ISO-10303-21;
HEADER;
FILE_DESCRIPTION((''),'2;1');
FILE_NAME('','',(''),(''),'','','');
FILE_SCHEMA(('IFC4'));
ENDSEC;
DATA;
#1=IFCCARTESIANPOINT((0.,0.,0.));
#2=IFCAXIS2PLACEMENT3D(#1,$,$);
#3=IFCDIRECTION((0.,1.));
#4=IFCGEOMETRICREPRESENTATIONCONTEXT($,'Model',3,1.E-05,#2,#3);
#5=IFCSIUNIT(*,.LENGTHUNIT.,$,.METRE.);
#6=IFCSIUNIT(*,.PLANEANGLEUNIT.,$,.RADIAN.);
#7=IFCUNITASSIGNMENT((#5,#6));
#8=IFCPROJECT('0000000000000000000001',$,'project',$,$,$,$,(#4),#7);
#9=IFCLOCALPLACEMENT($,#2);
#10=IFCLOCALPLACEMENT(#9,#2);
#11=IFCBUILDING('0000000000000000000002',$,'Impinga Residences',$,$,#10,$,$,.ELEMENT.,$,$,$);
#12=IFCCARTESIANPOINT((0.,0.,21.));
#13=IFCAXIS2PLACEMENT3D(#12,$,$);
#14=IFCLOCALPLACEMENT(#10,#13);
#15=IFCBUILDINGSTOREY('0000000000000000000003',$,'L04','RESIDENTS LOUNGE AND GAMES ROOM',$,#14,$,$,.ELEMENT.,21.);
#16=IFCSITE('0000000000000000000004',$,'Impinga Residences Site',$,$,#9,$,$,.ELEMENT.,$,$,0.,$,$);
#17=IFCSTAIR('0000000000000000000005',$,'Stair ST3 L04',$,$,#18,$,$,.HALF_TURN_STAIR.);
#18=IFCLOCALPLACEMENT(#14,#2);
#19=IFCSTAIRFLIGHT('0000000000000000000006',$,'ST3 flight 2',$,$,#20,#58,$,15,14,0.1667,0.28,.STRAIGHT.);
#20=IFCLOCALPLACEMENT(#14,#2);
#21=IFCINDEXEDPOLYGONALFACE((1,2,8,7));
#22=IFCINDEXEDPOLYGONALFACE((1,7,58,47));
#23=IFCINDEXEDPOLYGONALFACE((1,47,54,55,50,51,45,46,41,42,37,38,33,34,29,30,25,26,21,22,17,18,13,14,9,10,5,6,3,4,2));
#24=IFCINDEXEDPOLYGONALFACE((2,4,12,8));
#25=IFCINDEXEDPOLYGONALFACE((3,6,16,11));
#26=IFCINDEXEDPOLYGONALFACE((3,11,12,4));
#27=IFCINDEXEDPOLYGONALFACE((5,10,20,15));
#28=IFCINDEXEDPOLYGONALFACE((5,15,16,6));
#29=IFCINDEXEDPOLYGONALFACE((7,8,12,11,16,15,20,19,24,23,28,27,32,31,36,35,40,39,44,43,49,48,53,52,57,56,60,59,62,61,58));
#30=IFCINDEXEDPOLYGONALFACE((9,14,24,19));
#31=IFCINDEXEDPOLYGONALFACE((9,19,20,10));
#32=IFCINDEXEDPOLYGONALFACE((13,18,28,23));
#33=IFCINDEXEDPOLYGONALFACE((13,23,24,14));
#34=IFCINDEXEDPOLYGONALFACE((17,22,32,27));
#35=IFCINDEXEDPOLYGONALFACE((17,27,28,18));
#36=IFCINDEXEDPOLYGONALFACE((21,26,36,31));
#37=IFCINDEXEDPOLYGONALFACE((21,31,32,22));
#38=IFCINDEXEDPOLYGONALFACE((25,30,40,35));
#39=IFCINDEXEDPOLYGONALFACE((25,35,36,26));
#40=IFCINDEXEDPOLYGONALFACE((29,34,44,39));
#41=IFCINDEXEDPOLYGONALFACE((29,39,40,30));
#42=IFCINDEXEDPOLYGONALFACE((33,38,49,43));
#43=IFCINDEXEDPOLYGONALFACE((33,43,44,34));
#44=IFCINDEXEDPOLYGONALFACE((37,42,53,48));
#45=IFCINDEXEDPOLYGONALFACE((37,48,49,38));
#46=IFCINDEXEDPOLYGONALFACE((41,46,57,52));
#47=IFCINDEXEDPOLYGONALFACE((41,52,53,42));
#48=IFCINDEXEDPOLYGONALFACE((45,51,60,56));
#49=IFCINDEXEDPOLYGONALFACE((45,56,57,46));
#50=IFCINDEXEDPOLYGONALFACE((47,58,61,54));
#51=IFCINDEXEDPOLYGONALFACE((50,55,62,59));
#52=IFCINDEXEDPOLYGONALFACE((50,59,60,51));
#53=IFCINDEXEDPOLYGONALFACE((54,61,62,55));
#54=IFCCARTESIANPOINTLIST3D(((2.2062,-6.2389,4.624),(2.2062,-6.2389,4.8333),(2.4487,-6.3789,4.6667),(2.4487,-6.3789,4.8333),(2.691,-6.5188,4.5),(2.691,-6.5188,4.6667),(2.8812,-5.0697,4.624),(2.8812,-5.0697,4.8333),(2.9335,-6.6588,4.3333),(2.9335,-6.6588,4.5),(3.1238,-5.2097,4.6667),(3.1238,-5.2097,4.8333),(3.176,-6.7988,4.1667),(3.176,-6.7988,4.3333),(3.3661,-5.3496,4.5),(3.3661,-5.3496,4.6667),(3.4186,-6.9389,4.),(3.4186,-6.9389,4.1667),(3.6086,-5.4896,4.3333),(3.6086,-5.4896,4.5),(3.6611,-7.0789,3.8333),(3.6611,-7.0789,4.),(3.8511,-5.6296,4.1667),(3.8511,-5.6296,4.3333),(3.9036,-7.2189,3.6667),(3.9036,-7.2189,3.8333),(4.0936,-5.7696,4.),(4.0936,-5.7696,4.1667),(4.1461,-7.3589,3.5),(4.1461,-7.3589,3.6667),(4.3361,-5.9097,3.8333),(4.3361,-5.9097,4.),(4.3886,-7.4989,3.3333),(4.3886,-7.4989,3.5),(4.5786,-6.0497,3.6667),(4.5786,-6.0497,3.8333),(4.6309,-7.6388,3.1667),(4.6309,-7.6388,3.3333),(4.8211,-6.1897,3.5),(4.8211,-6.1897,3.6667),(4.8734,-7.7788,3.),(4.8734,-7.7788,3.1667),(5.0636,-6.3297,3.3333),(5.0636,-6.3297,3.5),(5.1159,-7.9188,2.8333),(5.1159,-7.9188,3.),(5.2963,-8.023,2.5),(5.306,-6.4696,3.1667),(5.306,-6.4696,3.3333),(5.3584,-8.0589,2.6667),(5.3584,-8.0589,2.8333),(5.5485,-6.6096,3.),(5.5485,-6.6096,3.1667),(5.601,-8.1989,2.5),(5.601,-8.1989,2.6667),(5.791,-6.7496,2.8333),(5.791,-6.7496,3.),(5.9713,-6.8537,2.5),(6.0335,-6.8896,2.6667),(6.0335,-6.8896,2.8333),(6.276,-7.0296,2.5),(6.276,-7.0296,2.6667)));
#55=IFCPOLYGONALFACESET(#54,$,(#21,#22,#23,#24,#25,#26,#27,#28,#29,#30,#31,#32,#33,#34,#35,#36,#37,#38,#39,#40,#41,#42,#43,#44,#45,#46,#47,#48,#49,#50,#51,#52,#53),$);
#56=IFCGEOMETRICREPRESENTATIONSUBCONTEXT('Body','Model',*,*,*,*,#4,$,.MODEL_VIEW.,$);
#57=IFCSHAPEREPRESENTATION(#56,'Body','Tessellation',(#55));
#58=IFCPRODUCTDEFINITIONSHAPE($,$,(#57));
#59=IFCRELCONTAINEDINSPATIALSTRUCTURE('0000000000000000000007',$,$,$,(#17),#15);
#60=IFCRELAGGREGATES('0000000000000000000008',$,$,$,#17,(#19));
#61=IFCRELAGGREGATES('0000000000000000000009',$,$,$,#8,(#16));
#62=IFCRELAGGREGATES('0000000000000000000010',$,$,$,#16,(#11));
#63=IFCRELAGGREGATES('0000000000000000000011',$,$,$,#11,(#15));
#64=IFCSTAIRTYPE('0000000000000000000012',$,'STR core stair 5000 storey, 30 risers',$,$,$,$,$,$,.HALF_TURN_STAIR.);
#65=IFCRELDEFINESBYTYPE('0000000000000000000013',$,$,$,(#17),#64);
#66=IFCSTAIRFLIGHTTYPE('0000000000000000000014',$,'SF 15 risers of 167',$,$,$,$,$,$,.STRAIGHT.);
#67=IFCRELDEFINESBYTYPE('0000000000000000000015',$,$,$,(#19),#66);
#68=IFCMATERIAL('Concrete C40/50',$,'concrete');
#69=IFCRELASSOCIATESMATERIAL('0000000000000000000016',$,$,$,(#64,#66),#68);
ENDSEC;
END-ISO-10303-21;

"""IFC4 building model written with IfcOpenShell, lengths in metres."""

from ifc_helpers import new_model, si_unit, direction, frame, origin, place, context, subcontext, project, spatial, polyline, outline, extrude, material, type_object, element, aggregate, save


model = new_model("IFC4")

# Units and contexts
model_context = context("Model", 3, precision=1e-05, world=origin(), true_north=direction((0.0, 1.0)))
body_context = subcontext(model_context, "Body", "Model", "MODEL_VIEW")
ifc_project = project(units=[si_unit("LENGTHUNIT", "METRE"), si_unit("PLANEANGLEUNIT", "RADIAN")], contexts=[model_context])

# Site, building, storey
site_placement = place(None, origin())
site = spatial("IfcSite", under=ifc_project, at=site_placement, Name="Impinga Residences Site", CompositionType="ELEMENT", RefElevation=0.0)
building_placement = place(site_placement, origin())
building = spatial("IfcBuilding", under=site, at=building_placement, Name="Impinga Residences", CompositionType="ELEMENT")
storey_placement = place(building_placement, frame((0.0, 0.0, 21.0)))
storey = spatial("IfcBuildingStorey", under=building, at=storey_placement, Name="L04", Description="RESIDENTS LOUNGE AND GAMES ROOM", CompositionType="ELEMENT", Elevation=21.0)

# Stair, stair flight
ifc_material_1 = material(Name="Concrete C40/50", Category="concrete")
stair_type = type_object("IfcStairType", Name="STR core stair 5000 storey, 30 risers", PredefinedType="HALF_TURN_STAIR", material=ifc_material_1)
stair_placement = place(storey_placement, origin())
stair = element("IfcStair", 1, at=stair_placement, inside=storey, type_object=stair_type, Name="Stair ST3 L04", PredefinedType="HALF_TURN_STAIR")
stair_flight_type = type_object("IfcStairFlightType", Name="SF 15 risers of 167", PredefinedType="STRAIGHT", material=ifc_material_1)
stair_flight_1_placement = place(storey_placement, frame((5.9385, -7.6143, 2.5), z_axis=(0.0, 0.0, 1.0), x_axis=(-0.866025, 0.5, 0.0)))
stair_flight_1 = element("IfcStairFlight", 2, at=stair_flight_1_placement, type_object=stair_flight_type, Name="ST3 flight 2", NumberOfRisers=15, NumberOfTreads=14, PredefinedType="STRAIGHT", RiserHeight=0.1667, TreadLength=0.28, context=body_context, shape_type="SweptSolid", body=[
    extrude(outline(polyline([(0.0, 0.0), (0.0, 0.1667), (0.28, 0.1667), (0.28, 0.3333), (0.5601, 0.3333), (0.5601, 0.5), (0.8401, 0.5), (0.8401, 0.6667), (1.1201, 0.6667), (1.1201, 0.8333), (1.3999, 0.8333), (1.3999, 1.0), (1.6799, 1.0), (1.6799, 1.1667), (1.96, 1.1667), (1.96, 1.3333), (2.24, 1.3333), (2.24, 1.5), (2.52, 1.5), (2.52, 1.6667), (2.8, 1.6667), (2.8, 1.8333), (3.0801, 1.8333), (3.0801, 2.0), (3.3601, 2.0), (3.3601, 2.1667), (3.6399, 2.1667), (3.6399, 2.3333), (3.9199, 2.3333), (3.9199, 2.5), (3.9199, 2.124), (0.3518, 0.0), (0.0, 0.0)])), frame((0.0, 0.675, 0.0), z_axis=(0.0, -1.0, 0.0), x_axis=(1.0, 0.0, 0.0)), (0.0, 0.0, 1.0), 1.3501),
])
aggregate(stair, [stair_flight_1])

save(model, "model.ifc")
